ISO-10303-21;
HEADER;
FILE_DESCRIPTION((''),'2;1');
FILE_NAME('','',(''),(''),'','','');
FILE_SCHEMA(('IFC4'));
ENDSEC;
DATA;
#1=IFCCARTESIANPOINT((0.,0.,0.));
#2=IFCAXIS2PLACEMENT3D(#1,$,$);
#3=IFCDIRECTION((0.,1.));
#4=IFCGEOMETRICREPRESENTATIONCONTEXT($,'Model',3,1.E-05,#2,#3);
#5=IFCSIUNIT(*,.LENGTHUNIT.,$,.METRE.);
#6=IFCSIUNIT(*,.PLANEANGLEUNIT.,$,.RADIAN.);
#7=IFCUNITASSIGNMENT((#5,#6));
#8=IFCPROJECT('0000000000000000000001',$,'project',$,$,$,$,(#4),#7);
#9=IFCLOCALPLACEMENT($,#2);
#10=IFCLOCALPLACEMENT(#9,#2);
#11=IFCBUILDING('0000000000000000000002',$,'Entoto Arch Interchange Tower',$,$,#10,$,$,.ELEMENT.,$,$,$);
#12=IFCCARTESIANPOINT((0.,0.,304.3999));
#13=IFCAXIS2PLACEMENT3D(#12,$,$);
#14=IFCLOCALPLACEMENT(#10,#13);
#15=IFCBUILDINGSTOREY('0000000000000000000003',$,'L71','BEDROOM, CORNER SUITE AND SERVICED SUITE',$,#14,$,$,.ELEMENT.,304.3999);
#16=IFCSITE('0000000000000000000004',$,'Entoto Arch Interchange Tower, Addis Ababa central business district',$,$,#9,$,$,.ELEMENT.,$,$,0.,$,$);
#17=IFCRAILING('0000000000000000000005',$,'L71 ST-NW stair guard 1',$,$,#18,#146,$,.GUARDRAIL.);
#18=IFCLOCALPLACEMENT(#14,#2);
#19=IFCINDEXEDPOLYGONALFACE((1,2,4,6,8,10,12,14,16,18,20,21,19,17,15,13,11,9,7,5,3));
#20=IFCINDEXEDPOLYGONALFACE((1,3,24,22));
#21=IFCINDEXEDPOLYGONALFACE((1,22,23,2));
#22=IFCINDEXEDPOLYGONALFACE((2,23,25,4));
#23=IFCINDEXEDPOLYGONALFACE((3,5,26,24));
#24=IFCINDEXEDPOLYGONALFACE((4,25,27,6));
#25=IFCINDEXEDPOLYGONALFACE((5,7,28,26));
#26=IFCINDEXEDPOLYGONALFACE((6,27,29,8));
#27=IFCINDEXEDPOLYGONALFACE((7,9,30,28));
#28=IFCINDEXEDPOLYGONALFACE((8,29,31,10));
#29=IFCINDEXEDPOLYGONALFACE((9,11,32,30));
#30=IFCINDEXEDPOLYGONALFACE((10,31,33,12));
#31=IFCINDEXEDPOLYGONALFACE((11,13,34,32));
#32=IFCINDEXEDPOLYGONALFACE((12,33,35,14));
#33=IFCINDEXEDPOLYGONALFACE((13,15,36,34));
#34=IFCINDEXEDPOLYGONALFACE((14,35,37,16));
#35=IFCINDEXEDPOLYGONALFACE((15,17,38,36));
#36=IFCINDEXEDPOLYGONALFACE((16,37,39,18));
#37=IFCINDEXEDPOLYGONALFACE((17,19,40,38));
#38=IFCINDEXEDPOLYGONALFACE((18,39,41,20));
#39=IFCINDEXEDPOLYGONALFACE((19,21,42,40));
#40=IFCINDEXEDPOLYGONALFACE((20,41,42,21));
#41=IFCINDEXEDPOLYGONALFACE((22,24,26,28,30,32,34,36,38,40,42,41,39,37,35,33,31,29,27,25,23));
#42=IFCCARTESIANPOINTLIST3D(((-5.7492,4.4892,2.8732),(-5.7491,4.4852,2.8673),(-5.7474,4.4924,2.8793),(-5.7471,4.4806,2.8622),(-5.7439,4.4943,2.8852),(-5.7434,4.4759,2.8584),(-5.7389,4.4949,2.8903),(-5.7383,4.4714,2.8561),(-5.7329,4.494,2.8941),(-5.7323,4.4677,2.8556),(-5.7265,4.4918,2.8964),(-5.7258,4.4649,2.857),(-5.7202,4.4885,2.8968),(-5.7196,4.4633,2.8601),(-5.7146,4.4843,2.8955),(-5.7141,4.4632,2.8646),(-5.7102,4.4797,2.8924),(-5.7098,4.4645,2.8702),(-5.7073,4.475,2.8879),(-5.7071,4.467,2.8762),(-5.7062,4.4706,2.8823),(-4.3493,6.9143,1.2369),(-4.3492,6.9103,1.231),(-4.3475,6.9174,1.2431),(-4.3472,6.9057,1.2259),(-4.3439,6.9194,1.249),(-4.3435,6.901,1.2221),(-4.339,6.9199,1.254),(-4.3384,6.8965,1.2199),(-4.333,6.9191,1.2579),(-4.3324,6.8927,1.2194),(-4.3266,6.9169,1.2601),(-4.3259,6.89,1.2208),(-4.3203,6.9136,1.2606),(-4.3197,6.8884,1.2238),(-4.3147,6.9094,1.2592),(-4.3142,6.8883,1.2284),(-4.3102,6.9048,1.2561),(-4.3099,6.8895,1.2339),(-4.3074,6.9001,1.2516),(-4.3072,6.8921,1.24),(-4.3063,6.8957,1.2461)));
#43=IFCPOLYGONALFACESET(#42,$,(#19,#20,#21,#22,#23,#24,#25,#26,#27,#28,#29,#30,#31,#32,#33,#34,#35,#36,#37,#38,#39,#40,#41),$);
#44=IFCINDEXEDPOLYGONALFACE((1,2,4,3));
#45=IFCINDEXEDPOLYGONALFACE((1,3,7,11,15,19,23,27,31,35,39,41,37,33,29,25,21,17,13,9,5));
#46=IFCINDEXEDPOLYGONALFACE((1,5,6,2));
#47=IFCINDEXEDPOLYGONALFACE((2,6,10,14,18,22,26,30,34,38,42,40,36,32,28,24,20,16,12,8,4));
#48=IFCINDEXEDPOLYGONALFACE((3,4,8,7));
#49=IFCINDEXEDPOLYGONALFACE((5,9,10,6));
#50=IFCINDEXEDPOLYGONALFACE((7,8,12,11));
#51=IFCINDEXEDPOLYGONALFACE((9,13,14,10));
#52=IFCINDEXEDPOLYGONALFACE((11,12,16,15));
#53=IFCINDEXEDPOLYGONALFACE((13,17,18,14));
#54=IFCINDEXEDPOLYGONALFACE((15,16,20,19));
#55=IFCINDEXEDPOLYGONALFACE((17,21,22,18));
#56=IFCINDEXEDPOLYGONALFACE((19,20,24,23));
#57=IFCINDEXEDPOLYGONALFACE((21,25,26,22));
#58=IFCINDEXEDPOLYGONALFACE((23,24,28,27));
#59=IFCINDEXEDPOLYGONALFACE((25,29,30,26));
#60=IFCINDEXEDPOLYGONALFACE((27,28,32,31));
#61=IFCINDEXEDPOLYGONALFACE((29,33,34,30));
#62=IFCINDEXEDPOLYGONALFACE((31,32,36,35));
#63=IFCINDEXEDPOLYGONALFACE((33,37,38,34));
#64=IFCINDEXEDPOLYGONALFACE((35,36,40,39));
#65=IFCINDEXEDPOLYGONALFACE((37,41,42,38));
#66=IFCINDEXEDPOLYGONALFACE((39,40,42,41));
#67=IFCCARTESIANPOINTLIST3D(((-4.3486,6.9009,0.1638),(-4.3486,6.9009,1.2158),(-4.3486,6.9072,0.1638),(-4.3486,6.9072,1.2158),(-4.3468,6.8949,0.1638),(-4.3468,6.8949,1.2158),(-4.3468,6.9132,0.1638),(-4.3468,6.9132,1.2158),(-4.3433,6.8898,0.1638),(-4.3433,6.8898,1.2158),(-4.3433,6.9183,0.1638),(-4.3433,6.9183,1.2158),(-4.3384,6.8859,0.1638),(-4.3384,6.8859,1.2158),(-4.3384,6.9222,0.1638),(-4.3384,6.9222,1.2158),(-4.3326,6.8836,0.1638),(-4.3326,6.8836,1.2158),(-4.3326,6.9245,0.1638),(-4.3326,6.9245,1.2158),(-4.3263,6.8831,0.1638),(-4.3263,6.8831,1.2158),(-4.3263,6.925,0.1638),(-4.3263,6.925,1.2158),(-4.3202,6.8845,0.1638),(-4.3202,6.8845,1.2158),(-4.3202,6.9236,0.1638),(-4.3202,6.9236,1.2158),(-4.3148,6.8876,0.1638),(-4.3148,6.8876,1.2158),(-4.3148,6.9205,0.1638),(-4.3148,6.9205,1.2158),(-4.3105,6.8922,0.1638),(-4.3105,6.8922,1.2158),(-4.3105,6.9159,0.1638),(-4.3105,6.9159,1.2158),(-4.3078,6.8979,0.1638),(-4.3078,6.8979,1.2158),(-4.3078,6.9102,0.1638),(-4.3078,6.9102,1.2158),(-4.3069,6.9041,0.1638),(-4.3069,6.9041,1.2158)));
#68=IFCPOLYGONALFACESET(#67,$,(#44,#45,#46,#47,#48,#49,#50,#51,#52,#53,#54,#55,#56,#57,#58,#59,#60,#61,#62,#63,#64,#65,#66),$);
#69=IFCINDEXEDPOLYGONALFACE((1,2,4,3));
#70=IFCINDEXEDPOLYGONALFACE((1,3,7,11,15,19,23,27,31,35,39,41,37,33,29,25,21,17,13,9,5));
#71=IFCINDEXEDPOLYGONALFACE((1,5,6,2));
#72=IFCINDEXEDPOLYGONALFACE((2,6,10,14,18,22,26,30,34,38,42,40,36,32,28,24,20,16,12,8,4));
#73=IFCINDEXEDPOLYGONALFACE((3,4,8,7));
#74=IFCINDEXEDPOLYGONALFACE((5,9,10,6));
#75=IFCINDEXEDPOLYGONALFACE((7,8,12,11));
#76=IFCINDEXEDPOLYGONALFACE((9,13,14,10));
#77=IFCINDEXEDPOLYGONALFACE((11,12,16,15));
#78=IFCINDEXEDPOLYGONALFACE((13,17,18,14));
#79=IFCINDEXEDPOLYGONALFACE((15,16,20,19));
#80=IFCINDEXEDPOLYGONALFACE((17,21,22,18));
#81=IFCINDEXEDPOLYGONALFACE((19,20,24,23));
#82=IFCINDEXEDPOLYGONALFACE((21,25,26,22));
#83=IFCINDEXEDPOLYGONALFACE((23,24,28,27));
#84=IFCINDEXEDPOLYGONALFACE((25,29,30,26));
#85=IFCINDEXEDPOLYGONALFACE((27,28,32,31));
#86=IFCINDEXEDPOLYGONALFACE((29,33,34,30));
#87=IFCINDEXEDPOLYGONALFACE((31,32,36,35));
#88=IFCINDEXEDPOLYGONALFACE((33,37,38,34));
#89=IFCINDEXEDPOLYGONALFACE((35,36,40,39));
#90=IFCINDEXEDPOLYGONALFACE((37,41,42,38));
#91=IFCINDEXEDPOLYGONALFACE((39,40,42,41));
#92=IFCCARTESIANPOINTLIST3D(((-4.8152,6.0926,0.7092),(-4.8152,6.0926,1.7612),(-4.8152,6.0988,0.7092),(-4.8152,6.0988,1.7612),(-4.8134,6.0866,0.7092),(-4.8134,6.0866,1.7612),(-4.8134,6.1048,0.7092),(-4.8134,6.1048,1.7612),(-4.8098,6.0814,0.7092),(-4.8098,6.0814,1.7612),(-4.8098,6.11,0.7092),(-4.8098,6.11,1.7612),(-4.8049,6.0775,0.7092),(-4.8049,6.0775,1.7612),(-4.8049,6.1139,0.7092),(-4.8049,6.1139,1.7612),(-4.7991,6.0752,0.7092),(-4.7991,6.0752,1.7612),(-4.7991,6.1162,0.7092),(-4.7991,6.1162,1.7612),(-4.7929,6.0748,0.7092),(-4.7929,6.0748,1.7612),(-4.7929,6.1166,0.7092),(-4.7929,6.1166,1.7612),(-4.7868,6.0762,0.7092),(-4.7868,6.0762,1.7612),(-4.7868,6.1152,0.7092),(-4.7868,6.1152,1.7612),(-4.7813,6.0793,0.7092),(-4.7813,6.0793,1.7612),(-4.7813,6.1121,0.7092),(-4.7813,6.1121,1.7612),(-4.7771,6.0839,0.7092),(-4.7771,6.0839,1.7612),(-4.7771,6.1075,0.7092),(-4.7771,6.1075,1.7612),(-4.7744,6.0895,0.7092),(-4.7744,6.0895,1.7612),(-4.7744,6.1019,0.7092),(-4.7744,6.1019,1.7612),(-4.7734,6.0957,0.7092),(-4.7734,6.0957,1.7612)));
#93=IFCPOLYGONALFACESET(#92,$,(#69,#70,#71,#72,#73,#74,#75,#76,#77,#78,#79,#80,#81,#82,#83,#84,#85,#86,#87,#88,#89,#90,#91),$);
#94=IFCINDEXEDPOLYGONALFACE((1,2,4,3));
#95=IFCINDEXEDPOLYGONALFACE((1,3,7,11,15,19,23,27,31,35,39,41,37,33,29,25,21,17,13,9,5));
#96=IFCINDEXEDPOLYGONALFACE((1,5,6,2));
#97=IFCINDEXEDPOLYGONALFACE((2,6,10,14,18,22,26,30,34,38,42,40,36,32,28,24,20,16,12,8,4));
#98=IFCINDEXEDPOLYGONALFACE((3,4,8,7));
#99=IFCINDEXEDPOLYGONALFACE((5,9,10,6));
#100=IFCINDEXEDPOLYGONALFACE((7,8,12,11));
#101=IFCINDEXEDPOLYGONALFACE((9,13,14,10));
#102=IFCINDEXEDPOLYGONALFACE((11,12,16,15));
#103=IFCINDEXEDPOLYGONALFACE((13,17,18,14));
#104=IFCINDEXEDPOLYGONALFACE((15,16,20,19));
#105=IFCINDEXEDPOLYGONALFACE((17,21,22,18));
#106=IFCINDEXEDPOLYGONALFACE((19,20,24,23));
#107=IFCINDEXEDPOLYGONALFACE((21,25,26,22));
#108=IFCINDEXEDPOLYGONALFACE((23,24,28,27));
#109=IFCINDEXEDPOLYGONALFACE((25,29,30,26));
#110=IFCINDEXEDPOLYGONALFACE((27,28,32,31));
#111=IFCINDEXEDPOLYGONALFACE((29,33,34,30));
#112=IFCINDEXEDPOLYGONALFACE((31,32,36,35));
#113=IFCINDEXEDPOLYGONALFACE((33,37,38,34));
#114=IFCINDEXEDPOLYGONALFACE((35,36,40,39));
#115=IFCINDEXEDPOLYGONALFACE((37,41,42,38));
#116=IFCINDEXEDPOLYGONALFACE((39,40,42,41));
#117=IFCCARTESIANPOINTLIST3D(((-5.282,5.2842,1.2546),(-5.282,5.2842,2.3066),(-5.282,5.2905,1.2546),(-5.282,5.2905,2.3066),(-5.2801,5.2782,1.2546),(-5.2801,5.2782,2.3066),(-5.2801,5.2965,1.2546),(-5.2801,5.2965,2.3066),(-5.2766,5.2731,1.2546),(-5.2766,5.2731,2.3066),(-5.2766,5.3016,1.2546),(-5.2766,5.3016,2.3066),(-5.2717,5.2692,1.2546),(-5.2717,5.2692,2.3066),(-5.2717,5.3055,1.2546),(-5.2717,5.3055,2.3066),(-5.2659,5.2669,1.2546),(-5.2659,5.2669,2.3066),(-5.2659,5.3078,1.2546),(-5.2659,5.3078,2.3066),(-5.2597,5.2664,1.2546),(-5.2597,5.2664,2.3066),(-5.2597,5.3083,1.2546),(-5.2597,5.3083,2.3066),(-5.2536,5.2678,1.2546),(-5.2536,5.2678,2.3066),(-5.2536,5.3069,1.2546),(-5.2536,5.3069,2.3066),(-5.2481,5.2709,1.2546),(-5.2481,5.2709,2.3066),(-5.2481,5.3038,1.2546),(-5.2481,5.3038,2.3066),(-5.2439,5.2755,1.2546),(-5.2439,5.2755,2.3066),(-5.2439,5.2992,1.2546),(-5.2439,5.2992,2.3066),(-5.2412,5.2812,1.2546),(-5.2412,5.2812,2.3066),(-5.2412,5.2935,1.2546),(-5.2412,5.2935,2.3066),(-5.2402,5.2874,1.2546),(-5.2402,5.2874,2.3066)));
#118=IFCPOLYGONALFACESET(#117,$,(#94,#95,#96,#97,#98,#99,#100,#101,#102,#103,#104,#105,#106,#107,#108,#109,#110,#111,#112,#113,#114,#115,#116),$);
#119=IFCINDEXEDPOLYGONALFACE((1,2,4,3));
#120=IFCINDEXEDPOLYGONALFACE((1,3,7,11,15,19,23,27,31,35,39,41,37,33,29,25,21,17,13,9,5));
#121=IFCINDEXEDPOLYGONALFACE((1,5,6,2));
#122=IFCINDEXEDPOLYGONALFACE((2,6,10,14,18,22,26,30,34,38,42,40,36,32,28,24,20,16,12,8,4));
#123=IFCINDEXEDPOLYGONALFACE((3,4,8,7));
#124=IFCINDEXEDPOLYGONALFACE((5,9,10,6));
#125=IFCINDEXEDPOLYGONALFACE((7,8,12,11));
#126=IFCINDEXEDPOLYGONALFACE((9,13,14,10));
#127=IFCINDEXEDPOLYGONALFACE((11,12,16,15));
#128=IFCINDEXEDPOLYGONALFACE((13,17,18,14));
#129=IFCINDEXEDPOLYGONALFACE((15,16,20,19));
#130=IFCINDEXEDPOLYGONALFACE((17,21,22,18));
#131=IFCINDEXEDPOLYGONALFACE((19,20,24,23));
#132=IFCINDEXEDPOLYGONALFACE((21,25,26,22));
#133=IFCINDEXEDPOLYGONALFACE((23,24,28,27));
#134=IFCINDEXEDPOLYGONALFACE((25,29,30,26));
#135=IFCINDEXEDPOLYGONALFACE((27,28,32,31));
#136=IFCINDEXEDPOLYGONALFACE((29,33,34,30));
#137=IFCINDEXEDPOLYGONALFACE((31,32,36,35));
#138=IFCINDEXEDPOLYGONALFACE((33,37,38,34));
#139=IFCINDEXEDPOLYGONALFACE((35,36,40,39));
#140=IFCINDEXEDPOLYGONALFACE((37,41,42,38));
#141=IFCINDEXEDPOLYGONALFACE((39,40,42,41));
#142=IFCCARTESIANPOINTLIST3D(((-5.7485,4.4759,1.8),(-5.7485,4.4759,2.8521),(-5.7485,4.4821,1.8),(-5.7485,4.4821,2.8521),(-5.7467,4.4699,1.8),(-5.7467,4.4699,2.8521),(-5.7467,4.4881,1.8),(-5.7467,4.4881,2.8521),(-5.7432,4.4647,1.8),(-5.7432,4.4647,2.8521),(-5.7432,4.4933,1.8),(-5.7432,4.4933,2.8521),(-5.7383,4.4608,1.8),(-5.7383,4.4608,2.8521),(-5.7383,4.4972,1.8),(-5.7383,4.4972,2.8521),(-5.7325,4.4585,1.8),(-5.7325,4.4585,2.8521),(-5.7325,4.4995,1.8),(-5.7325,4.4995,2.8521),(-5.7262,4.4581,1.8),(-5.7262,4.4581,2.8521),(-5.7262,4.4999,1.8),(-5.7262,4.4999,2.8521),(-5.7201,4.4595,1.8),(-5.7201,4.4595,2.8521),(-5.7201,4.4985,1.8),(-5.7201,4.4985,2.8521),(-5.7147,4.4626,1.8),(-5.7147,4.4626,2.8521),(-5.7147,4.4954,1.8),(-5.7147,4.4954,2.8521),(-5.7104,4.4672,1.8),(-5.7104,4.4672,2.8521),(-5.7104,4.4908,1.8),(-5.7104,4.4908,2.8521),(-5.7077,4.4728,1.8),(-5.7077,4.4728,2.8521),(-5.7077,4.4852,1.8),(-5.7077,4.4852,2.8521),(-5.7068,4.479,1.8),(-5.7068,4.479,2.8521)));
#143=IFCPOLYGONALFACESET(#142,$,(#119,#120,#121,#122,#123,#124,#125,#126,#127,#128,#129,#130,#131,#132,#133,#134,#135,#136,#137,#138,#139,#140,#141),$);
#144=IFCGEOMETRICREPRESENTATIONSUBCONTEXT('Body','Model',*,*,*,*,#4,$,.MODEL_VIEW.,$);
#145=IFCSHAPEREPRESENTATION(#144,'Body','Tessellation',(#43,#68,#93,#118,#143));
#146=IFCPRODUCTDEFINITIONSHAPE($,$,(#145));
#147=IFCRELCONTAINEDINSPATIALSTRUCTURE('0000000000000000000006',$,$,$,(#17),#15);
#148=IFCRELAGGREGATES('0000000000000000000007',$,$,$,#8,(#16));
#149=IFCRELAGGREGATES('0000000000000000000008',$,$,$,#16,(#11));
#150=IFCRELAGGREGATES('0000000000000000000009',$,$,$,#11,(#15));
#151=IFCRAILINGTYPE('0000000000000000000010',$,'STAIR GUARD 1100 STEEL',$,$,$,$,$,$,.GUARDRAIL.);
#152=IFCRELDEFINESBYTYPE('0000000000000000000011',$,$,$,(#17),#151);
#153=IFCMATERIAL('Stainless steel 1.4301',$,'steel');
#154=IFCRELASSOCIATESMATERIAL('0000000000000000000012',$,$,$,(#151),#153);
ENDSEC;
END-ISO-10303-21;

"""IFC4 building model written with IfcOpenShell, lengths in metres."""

from ifc_helpers import new_model, si_unit, direction, frame, origin, origin_2d, place, context, subcontext, project, spatial, circle, extrude, material, type_object, element, save


model = new_model("IFC4")

# Units and contexts
model_context = context("Model", 3, precision=1e-05, world=origin(), true_north=direction((0.0, 1.0)))
body_context = subcontext(model_context, "Body", "Model", "MODEL_VIEW")
ifc_project = project(units=[si_unit("LENGTHUNIT", "METRE"), si_unit("PLANEANGLEUNIT", "RADIAN")], contexts=[model_context])

# Site, building, storey
site_placement = place(None, origin())
site = spatial("IfcSite", under=ifc_project, at=site_placement, Name="Entoto Arch Interchange Tower, Addis Ababa central business district", CompositionType="ELEMENT", RefElevation=0.0)
building_placement = place(site_placement, origin())
building = spatial("IfcBuilding", under=site, at=building_placement, Name="Entoto Arch Interchange Tower", CompositionType="ELEMENT")
storey_placement = place(building_placement, frame((0.0, 0.0, 304.3999)))
storey = spatial("IfcBuildingStorey", under=building, at=storey_placement, Name="L71", Description="BEDROOM, CORNER SUITE AND SERVICED SUITE", CompositionType="ELEMENT", Elevation=304.3999)

# Railing
ifc_material_1 = material(Name="Stainless steel 1.4301", Category="steel")
railing_type_1 = type_object("IfcRailingType", Name="STAIR GUARD 1100 STEEL", PredefinedType="GUARDRAIL", material=ifc_material_1)
railing_1_placement = place(storey_placement, frame((-4.3279, 6.9041, 0.1638)))
element("IfcRailing", 1, at=railing_1_placement, inside=storey, type_object=railing_type_1, Name="L71 ST-NW stair guard 1", PredefinedType="GUARDRAIL", context=body_context, shape_type="SweptSolid", body=[
    extrude(circle(Radius=0.0239, at=origin_2d()), frame((0.0, 0.0, 1.0762), z_axis=(-0.431653, -0.747751, 0.504523), x_axis=(0.866056, -0.499946, 0.0)), (0.0, 0.0, 1.0), 3.2432),
    extrude(circle(Radius=0.021, at=origin_2d()), origin(), (0.0, 0.0, 1.0), 1.052),
    extrude(circle(Radius=0.021, at=origin_2d()), frame((-0.4666, -0.8083, 0.5454)), (0.0, 0.0, 1.0), 1.052),
    extrude(circle(Radius=0.021, at=origin_2d()), frame((-0.9333, -1.6167, 1.0908)), (0.0, 0.0, 1.0), 1.052),
    extrude(circle(Radius=0.021, at=origin_2d()), frame((-1.3999, -2.425, 1.6362)), (0.0, 0.0, 1.0), 1.052),
])

save(model, "model.ifc")
